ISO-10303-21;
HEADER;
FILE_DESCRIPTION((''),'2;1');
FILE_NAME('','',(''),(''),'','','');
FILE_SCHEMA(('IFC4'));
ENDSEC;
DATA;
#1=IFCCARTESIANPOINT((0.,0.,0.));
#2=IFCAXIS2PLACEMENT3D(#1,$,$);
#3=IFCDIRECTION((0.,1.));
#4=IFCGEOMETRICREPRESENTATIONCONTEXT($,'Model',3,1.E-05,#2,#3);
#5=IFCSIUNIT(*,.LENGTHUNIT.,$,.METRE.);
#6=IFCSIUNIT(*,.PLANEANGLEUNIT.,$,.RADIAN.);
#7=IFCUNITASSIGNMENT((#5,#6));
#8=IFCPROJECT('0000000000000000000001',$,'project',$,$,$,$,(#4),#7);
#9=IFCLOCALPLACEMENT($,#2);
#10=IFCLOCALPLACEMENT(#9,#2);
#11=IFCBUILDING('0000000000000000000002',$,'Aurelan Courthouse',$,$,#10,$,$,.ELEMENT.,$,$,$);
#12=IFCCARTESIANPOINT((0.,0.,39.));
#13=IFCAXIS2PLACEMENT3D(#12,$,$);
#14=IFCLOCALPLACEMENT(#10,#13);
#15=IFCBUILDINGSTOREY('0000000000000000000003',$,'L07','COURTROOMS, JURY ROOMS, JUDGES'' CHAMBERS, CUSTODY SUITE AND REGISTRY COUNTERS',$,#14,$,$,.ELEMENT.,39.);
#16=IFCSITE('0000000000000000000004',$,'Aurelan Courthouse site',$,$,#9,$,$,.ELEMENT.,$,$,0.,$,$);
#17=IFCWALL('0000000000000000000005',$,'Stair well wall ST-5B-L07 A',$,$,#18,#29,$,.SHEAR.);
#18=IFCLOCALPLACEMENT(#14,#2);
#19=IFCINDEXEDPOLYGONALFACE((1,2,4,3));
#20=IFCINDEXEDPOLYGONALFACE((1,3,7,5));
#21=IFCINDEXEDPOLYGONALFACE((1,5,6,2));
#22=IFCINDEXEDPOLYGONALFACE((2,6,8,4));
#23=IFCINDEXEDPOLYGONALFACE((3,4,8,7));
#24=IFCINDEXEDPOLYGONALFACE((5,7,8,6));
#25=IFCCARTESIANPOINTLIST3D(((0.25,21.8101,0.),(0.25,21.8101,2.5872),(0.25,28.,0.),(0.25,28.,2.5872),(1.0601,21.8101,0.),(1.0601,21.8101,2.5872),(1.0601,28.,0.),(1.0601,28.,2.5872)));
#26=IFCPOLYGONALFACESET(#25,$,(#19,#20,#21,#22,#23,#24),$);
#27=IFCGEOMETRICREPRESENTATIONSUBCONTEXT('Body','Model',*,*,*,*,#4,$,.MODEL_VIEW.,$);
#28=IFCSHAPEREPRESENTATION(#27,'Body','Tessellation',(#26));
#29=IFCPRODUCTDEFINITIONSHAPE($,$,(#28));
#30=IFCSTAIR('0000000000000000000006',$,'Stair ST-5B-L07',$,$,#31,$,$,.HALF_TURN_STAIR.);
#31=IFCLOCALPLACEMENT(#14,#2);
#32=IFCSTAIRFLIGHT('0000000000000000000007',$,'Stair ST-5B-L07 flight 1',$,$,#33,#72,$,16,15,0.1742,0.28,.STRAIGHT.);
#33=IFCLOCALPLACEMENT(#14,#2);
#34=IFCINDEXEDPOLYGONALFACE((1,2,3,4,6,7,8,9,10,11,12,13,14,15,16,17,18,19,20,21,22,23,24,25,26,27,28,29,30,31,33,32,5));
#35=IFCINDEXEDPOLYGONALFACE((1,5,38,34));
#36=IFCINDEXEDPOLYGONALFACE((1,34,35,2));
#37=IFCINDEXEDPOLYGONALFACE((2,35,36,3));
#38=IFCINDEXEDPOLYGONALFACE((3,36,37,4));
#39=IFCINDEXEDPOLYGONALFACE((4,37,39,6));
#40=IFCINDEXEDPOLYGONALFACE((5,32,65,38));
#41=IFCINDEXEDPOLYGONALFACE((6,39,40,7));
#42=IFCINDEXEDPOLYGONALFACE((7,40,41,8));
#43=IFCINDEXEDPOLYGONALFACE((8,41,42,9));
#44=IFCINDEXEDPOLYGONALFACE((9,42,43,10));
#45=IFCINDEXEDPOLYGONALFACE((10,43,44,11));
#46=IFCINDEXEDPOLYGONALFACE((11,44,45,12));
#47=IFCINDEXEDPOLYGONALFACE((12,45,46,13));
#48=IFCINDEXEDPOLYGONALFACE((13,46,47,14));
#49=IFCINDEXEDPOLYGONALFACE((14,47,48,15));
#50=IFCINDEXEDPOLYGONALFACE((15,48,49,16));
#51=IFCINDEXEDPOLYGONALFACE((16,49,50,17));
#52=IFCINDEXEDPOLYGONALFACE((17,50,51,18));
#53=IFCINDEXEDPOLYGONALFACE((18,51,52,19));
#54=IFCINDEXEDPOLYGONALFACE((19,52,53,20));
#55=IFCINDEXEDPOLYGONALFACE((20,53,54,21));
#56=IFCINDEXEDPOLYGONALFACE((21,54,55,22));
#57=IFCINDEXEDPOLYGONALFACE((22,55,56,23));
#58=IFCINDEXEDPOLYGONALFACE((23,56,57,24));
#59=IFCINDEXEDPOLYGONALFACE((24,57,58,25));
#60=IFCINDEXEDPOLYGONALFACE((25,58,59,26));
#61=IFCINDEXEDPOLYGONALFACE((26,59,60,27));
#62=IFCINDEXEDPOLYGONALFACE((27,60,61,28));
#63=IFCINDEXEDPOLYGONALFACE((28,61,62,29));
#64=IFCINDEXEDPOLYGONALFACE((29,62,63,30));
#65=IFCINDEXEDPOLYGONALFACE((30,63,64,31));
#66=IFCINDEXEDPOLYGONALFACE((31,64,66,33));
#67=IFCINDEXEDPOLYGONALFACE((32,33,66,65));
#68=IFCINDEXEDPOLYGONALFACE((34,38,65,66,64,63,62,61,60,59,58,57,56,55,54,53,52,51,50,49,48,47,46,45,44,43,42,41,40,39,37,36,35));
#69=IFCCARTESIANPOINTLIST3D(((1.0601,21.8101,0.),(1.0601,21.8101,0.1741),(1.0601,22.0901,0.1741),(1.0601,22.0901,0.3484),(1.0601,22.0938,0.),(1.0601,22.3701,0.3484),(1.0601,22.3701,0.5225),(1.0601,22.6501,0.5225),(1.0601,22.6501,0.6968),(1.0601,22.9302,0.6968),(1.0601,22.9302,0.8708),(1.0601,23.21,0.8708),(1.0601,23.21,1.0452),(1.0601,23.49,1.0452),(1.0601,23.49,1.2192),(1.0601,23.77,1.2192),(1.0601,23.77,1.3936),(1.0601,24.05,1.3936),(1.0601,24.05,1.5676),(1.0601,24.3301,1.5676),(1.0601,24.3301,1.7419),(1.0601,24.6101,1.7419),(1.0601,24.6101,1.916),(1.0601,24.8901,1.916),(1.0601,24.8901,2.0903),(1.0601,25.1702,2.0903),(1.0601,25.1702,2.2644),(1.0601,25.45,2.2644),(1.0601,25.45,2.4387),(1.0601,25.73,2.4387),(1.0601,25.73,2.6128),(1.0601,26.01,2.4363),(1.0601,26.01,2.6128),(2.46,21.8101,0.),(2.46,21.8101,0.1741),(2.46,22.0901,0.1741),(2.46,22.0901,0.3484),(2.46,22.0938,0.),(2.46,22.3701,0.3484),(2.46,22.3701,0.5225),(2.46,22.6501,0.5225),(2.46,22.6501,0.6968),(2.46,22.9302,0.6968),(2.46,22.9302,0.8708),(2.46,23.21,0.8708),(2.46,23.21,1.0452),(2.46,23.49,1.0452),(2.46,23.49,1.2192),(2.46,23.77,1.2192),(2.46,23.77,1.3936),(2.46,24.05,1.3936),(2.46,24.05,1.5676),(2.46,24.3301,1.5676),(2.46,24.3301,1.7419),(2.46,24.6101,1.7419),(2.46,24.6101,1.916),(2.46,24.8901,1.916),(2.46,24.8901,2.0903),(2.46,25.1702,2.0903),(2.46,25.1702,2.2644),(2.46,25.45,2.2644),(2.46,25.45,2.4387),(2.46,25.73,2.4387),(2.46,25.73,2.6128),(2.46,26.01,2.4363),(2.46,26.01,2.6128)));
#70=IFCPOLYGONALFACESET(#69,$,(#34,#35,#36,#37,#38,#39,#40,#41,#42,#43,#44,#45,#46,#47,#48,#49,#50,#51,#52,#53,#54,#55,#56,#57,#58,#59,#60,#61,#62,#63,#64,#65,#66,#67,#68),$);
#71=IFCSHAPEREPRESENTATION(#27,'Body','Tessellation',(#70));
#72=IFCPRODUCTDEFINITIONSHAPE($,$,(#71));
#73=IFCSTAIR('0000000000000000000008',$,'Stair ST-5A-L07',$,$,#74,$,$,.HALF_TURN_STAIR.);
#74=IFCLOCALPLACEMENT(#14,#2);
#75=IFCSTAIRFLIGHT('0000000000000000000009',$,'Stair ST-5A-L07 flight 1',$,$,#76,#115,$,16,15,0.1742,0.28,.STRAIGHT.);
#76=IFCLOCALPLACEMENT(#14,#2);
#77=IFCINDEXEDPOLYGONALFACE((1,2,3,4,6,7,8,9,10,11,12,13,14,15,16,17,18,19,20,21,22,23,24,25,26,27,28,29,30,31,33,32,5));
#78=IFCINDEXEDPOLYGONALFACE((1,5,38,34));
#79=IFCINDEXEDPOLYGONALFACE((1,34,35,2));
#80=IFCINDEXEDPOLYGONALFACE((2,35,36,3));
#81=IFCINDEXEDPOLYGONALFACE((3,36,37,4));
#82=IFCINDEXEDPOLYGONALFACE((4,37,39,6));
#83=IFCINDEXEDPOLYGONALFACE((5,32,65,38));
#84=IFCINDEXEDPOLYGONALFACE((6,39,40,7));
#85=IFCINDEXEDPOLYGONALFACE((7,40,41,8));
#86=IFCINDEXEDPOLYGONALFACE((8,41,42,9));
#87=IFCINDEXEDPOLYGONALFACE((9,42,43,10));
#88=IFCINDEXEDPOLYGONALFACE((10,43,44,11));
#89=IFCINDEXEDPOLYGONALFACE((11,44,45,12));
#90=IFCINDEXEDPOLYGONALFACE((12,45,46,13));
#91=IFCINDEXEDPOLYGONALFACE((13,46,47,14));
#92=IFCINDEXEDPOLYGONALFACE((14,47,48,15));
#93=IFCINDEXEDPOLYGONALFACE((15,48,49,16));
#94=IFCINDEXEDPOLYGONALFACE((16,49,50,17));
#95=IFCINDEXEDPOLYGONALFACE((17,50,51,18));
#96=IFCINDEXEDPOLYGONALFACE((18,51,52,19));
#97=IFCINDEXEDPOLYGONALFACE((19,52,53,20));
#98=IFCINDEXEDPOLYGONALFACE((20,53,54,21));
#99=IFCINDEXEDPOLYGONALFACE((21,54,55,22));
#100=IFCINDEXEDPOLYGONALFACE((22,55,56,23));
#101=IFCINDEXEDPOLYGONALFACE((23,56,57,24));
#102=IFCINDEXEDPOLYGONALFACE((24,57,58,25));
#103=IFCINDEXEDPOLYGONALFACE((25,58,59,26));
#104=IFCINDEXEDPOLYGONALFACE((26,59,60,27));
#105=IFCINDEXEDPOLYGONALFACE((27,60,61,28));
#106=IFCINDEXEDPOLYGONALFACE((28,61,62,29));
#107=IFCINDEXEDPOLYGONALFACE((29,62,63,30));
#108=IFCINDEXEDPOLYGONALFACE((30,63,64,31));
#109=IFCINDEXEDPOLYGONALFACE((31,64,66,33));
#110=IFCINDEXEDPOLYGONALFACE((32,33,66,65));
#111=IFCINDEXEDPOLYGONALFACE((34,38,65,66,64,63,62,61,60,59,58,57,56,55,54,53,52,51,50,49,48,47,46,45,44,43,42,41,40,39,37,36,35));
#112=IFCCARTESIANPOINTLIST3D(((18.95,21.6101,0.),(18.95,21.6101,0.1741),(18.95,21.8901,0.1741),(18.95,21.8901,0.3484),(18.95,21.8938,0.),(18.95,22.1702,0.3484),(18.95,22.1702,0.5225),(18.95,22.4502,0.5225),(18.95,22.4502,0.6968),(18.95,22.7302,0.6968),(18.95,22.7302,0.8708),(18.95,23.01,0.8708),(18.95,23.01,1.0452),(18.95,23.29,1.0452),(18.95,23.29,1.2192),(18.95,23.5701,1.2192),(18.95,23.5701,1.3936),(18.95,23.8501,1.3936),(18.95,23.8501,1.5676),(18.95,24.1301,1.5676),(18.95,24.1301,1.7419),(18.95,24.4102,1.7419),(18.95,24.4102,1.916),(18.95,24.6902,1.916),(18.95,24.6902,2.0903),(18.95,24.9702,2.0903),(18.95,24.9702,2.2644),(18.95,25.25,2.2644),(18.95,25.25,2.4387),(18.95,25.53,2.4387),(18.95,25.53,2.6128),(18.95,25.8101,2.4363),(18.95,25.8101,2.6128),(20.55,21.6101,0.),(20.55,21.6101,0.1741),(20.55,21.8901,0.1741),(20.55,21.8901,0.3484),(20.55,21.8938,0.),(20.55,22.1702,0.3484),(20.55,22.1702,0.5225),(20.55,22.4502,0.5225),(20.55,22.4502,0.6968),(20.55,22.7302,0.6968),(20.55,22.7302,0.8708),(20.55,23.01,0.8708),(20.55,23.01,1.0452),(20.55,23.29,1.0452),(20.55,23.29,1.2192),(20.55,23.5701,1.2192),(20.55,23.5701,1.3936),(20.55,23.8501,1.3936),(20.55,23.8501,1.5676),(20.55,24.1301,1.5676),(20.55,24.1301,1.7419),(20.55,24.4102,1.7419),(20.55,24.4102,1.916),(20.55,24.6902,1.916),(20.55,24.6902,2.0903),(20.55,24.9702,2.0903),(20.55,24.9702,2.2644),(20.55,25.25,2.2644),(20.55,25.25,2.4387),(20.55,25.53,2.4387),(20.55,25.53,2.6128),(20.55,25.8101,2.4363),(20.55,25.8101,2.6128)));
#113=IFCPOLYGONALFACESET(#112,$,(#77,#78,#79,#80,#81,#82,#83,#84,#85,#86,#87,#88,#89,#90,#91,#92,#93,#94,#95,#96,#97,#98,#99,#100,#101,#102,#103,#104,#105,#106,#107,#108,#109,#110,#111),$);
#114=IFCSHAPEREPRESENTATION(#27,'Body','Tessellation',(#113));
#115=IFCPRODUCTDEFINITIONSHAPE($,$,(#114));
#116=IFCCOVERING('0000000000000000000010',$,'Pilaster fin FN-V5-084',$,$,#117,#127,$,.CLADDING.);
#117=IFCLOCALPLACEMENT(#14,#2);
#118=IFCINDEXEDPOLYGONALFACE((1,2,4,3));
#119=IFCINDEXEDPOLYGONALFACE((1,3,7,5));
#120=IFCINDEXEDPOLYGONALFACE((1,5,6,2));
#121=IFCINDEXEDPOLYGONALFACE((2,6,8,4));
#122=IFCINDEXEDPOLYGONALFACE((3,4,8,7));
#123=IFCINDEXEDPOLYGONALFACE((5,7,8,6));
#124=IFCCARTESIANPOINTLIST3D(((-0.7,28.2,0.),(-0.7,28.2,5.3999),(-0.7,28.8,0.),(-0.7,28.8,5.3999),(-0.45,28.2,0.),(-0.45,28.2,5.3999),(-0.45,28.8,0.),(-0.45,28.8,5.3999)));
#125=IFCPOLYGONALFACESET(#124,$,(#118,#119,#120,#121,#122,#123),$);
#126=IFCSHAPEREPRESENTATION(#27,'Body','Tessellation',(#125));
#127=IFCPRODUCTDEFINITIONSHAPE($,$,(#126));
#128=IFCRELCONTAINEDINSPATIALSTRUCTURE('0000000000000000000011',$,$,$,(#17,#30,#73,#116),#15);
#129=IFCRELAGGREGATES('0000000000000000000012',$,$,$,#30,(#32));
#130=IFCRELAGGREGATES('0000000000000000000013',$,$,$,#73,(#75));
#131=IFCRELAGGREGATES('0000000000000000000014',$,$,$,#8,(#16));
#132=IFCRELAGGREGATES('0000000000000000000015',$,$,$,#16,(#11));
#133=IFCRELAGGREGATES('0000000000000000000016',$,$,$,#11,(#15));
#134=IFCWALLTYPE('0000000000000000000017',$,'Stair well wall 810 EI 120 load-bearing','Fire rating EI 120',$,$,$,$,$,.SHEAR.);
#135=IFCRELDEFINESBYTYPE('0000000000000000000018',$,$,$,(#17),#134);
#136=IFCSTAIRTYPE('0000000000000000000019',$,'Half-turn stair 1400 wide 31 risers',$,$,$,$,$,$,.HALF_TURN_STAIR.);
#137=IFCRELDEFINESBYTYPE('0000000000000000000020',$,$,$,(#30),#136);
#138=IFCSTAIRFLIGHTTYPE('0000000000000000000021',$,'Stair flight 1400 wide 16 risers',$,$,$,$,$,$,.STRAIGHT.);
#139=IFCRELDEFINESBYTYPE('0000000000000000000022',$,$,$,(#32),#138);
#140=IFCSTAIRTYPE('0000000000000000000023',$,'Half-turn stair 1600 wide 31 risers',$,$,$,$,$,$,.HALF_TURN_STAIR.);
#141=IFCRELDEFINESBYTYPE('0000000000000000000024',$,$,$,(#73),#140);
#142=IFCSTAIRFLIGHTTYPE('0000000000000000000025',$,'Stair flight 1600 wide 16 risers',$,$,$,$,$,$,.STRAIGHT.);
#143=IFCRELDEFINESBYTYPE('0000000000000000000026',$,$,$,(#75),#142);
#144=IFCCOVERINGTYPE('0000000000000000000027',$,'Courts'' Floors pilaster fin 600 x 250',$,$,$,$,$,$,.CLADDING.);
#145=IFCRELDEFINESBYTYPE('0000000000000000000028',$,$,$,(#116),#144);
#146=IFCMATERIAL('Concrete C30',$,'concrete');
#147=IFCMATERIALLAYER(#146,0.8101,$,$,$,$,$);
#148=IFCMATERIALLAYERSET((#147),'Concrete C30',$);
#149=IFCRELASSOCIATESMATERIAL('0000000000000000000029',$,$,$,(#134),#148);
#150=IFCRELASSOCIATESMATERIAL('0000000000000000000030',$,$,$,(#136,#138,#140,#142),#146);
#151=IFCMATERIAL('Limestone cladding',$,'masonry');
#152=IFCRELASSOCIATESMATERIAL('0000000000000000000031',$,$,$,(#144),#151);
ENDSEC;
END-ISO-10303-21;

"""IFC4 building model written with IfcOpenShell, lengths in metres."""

from ifc_helpers import new_model, si_unit, direction, frame, frame_2d, origin, origin_2d, place, context, subcontext, project, spatial, polyline, rectangle, outline, extrude, material, layer, layer_set, type_object, element, aggregate, save


model = new_model("IFC4")

# Units and contexts
model_context = context("Model", 3, precision=1e-05, world=origin(), true_north=direction((0.0, 1.0)))
body_context = subcontext(model_context, "Body", "Model", "MODEL_VIEW")
ifc_project = project(units=[si_unit("LENGTHUNIT", "METRE"), si_unit("PLANEANGLEUNIT", "RADIAN")], contexts=[model_context])

# Site, building, storey
site_placement = place(None, origin())
site = spatial("IfcSite", under=ifc_project, at=site_placement, Name="Aurelan Courthouse site", CompositionType="ELEMENT", RefElevation=0.0)
building_placement = place(site_placement, origin())
building = spatial("IfcBuilding", under=site, at=building_placement, Name="Aurelan Courthouse", CompositionType="ELEMENT")
storey_placement = place(building_placement, frame((0.0, 0.0, 39.0)))
storey = spatial("IfcBuildingStorey", under=building, at=storey_placement, Name="L07", Description="COURTROOMS, JURY ROOMS, JUDGES' CHAMBERS, CUSTODY SUITE AND REGISTRY COUNTERS", CompositionType="ELEMENT", Elevation=39.0)

# Shared definitions
ifc_material_1 = material(Name="Concrete C30", Category="concrete")

# Wall
ifc_layer_1 = layer(ifc_material_1, 0.8101)
ifc_layer_set_1 = layer_set([ifc_layer_1], Name="Concrete C30")
wall_type_1 = type_object("IfcWallType", Name="Stair well wall 810 EI 120 load-bearing", Description="Fire rating EI 120", PredefinedType="SHEAR", material=ifc_layer_set_1)
wall_1_placement = place(storey_placement, frame((0.655, 21.8101, 0.0), z_axis=(0.0, 0.0, 1.0), x_axis=(0.0, 1.0, 0.0)))
element("IfcWall", 1, at=wall_1_placement, inside=storey, type_object=wall_type_1, Name="Stair well wall ST-5B-L07 A", PredefinedType="SHEAR", context=body_context, shape_type="SweptSolid", body=[
    extrude(rectangle(XDim=6.1899, YDim=0.8101, at=frame_2d((3.095, 0.0))), origin(), (0.0, 0.0, 1.0), 2.5872),
])

# Stairs, stair flights
stair_type_1 = type_object("IfcStairType", Name="Half-turn stair 1400 wide 31 risers", PredefinedType="HALF_TURN_STAIR", material=ifc_material_1)
stair_1_placement = place(storey_placement, origin())
stair_1 = element("IfcStair", 2, at=stair_1_placement, inside=storey, type_object=stair_type_1, Name="Stair ST-5B-L07", PredefinedType="HALF_TURN_STAIR")
stair_flight_type_1 = type_object("IfcStairFlightType", Name="Stair flight 1400 wide 16 risers", PredefinedType="STRAIGHT", material=ifc_material_1)
stair_flight_1_placement = place(storey_placement, frame((1.76, 21.8101, 0.0), z_axis=(0.0, 0.0, 1.0), x_axis=(0.0, 1.0, 0.0)))
stair_flight_1 = element("IfcStairFlight", 3, at=stair_flight_1_placement, type_object=stair_flight_type_1, Name="Stair ST-5B-L07 flight 1", NumberOfRisers=16, NumberOfTreads=15, PredefinedType="STRAIGHT", RiserHeight=0.1742, TreadLength=0.28, context=body_context, shape_type="SweptSolid", body=[
    extrude(outline(polyline([(0.0, 0.0), (0.0, 0.1741), (0.28, 0.1741), (0.28, 0.3484), (0.5601, 0.3484), (0.5601, 0.5225), (0.8401, 0.5225), (0.8401, 0.6968), (1.1201, 0.6968), (1.1201, 0.8708), (1.3999, 0.8708), (1.3999, 1.0452), (1.6799, 1.0452), (1.6799, 1.2192), (1.96, 1.2192), (1.96, 1.3936), (2.24, 1.3936), (2.24, 1.5676), (2.52, 1.5676), (2.52, 1.7419), (2.8, 1.7419), (2.8, 1.916), (3.0801, 1.916), (3.0801, 2.0903), (3.3601, 2.0903), (3.3601, 2.2644), (3.6399, 2.2644), (3.6399, 2.4387), (3.9199, 2.4387), (3.9199, 2.6128), (4.2, 2.6128), (4.2, 2.7871), (4.2, 2.4363), (0.2837, 0.0), (0.0, 0.0)])), frame((0.0, 0.7, 0.0), z_axis=(0.0, -1.0, 0.0), x_axis=(1.0, 0.0, 0.0)), (0.0, 0.0, 1.0), 1.3999),
])
aggregate(stair_1, [stair_flight_1])
stair_type_2 = type_object("IfcStairType", Name="Half-turn stair 1600 wide 31 risers", PredefinedType="HALF_TURN_STAIR", material=ifc_material_1)
stair_2_placement = place(storey_placement, origin())
stair_2 = element("IfcStair", 4, at=stair_2_placement, inside=storey, type_object=stair_type_2, Name="Stair ST-5A-L07", PredefinedType="HALF_TURN_STAIR")
stair_flight_type_2 = type_object("IfcStairFlightType", Name="Stair flight 1600 wide 16 risers", PredefinedType="STRAIGHT", material=ifc_material_1)
stair_flight_2_placement = place(storey_placement, frame((19.75, 21.6101, 0.0), z_axis=(0.0, 0.0, 1.0), x_axis=(0.0, 1.0, 0.0)))
stair_flight_2 = element("IfcStairFlight", 5, at=stair_flight_2_placement, type_object=stair_flight_type_2, Name="Stair ST-5A-L07 flight 1", NumberOfRisers=16, NumberOfTreads=15, PredefinedType="STRAIGHT", RiserHeight=0.1742, TreadLength=0.28, context=body_context, shape_type="SweptSolid", body=[
    extrude(outline(polyline([(0.0, 0.0), (0.0, 0.1741), (0.28, 0.1741), (0.28, 0.3484), (0.5601, 0.3484), (0.5601, 0.5225), (0.8401, 0.5225), (0.8401, 0.6968), (1.1201, 0.6968), (1.1201, 0.8708), (1.3999, 0.8708), (1.3999, 1.0452), (1.6799, 1.0452), (1.6799, 1.2192), (1.96, 1.2192), (1.96, 1.3936), (2.24, 1.3936), (2.24, 1.5676), (2.52, 1.5676), (2.52, 1.7419), (2.8, 1.7419), (2.8, 1.916), (3.0801, 1.916), (3.0801, 2.0903), (3.3601, 2.0903), (3.3601, 2.2644), (3.6399, 2.2644), (3.6399, 2.4387), (3.9199, 2.4387), (3.9199, 2.6128), (4.2, 2.6128), (4.2, 2.7871), (4.2, 2.4363), (0.2837, 0.0), (0.0, 0.0)])), frame((0.0, 0.8, 0.0), z_axis=(0.0, -1.0, 0.0), x_axis=(1.0, 0.0, 0.0)), (0.0, 0.0, 1.0), 1.6001),
])
aggregate(stair_2, [stair_flight_2])

# Covering
ifc_material_2 = material(Name="Limestone cladding", Category="masonry")
covering_type = type_object("IfcCoveringType", Name="Courts' Floors pilaster fin 600 x 250", PredefinedType="CLADDING", material=ifc_material_2)
covering_placement = place(storey_placement, frame((-0.575, 28.5, 0.0), z_axis=(0.0, 0.0, 1.0), x_axis=(1.0, 0.0, 0.0)))
element("IfcCovering", 6, at=covering_placement, inside=storey, type_object=covering_type, Name="Pilaster fin FN-V5-084", PredefinedType="CLADDING", context=body_context, shape_type="SweptSolid", body=[
    extrude(rectangle(XDim=0.25, YDim=0.6001, at=origin_2d()), origin(), (0.0, 0.0, 1.0), 5.3999),
])

save(model, "model.ifc")
